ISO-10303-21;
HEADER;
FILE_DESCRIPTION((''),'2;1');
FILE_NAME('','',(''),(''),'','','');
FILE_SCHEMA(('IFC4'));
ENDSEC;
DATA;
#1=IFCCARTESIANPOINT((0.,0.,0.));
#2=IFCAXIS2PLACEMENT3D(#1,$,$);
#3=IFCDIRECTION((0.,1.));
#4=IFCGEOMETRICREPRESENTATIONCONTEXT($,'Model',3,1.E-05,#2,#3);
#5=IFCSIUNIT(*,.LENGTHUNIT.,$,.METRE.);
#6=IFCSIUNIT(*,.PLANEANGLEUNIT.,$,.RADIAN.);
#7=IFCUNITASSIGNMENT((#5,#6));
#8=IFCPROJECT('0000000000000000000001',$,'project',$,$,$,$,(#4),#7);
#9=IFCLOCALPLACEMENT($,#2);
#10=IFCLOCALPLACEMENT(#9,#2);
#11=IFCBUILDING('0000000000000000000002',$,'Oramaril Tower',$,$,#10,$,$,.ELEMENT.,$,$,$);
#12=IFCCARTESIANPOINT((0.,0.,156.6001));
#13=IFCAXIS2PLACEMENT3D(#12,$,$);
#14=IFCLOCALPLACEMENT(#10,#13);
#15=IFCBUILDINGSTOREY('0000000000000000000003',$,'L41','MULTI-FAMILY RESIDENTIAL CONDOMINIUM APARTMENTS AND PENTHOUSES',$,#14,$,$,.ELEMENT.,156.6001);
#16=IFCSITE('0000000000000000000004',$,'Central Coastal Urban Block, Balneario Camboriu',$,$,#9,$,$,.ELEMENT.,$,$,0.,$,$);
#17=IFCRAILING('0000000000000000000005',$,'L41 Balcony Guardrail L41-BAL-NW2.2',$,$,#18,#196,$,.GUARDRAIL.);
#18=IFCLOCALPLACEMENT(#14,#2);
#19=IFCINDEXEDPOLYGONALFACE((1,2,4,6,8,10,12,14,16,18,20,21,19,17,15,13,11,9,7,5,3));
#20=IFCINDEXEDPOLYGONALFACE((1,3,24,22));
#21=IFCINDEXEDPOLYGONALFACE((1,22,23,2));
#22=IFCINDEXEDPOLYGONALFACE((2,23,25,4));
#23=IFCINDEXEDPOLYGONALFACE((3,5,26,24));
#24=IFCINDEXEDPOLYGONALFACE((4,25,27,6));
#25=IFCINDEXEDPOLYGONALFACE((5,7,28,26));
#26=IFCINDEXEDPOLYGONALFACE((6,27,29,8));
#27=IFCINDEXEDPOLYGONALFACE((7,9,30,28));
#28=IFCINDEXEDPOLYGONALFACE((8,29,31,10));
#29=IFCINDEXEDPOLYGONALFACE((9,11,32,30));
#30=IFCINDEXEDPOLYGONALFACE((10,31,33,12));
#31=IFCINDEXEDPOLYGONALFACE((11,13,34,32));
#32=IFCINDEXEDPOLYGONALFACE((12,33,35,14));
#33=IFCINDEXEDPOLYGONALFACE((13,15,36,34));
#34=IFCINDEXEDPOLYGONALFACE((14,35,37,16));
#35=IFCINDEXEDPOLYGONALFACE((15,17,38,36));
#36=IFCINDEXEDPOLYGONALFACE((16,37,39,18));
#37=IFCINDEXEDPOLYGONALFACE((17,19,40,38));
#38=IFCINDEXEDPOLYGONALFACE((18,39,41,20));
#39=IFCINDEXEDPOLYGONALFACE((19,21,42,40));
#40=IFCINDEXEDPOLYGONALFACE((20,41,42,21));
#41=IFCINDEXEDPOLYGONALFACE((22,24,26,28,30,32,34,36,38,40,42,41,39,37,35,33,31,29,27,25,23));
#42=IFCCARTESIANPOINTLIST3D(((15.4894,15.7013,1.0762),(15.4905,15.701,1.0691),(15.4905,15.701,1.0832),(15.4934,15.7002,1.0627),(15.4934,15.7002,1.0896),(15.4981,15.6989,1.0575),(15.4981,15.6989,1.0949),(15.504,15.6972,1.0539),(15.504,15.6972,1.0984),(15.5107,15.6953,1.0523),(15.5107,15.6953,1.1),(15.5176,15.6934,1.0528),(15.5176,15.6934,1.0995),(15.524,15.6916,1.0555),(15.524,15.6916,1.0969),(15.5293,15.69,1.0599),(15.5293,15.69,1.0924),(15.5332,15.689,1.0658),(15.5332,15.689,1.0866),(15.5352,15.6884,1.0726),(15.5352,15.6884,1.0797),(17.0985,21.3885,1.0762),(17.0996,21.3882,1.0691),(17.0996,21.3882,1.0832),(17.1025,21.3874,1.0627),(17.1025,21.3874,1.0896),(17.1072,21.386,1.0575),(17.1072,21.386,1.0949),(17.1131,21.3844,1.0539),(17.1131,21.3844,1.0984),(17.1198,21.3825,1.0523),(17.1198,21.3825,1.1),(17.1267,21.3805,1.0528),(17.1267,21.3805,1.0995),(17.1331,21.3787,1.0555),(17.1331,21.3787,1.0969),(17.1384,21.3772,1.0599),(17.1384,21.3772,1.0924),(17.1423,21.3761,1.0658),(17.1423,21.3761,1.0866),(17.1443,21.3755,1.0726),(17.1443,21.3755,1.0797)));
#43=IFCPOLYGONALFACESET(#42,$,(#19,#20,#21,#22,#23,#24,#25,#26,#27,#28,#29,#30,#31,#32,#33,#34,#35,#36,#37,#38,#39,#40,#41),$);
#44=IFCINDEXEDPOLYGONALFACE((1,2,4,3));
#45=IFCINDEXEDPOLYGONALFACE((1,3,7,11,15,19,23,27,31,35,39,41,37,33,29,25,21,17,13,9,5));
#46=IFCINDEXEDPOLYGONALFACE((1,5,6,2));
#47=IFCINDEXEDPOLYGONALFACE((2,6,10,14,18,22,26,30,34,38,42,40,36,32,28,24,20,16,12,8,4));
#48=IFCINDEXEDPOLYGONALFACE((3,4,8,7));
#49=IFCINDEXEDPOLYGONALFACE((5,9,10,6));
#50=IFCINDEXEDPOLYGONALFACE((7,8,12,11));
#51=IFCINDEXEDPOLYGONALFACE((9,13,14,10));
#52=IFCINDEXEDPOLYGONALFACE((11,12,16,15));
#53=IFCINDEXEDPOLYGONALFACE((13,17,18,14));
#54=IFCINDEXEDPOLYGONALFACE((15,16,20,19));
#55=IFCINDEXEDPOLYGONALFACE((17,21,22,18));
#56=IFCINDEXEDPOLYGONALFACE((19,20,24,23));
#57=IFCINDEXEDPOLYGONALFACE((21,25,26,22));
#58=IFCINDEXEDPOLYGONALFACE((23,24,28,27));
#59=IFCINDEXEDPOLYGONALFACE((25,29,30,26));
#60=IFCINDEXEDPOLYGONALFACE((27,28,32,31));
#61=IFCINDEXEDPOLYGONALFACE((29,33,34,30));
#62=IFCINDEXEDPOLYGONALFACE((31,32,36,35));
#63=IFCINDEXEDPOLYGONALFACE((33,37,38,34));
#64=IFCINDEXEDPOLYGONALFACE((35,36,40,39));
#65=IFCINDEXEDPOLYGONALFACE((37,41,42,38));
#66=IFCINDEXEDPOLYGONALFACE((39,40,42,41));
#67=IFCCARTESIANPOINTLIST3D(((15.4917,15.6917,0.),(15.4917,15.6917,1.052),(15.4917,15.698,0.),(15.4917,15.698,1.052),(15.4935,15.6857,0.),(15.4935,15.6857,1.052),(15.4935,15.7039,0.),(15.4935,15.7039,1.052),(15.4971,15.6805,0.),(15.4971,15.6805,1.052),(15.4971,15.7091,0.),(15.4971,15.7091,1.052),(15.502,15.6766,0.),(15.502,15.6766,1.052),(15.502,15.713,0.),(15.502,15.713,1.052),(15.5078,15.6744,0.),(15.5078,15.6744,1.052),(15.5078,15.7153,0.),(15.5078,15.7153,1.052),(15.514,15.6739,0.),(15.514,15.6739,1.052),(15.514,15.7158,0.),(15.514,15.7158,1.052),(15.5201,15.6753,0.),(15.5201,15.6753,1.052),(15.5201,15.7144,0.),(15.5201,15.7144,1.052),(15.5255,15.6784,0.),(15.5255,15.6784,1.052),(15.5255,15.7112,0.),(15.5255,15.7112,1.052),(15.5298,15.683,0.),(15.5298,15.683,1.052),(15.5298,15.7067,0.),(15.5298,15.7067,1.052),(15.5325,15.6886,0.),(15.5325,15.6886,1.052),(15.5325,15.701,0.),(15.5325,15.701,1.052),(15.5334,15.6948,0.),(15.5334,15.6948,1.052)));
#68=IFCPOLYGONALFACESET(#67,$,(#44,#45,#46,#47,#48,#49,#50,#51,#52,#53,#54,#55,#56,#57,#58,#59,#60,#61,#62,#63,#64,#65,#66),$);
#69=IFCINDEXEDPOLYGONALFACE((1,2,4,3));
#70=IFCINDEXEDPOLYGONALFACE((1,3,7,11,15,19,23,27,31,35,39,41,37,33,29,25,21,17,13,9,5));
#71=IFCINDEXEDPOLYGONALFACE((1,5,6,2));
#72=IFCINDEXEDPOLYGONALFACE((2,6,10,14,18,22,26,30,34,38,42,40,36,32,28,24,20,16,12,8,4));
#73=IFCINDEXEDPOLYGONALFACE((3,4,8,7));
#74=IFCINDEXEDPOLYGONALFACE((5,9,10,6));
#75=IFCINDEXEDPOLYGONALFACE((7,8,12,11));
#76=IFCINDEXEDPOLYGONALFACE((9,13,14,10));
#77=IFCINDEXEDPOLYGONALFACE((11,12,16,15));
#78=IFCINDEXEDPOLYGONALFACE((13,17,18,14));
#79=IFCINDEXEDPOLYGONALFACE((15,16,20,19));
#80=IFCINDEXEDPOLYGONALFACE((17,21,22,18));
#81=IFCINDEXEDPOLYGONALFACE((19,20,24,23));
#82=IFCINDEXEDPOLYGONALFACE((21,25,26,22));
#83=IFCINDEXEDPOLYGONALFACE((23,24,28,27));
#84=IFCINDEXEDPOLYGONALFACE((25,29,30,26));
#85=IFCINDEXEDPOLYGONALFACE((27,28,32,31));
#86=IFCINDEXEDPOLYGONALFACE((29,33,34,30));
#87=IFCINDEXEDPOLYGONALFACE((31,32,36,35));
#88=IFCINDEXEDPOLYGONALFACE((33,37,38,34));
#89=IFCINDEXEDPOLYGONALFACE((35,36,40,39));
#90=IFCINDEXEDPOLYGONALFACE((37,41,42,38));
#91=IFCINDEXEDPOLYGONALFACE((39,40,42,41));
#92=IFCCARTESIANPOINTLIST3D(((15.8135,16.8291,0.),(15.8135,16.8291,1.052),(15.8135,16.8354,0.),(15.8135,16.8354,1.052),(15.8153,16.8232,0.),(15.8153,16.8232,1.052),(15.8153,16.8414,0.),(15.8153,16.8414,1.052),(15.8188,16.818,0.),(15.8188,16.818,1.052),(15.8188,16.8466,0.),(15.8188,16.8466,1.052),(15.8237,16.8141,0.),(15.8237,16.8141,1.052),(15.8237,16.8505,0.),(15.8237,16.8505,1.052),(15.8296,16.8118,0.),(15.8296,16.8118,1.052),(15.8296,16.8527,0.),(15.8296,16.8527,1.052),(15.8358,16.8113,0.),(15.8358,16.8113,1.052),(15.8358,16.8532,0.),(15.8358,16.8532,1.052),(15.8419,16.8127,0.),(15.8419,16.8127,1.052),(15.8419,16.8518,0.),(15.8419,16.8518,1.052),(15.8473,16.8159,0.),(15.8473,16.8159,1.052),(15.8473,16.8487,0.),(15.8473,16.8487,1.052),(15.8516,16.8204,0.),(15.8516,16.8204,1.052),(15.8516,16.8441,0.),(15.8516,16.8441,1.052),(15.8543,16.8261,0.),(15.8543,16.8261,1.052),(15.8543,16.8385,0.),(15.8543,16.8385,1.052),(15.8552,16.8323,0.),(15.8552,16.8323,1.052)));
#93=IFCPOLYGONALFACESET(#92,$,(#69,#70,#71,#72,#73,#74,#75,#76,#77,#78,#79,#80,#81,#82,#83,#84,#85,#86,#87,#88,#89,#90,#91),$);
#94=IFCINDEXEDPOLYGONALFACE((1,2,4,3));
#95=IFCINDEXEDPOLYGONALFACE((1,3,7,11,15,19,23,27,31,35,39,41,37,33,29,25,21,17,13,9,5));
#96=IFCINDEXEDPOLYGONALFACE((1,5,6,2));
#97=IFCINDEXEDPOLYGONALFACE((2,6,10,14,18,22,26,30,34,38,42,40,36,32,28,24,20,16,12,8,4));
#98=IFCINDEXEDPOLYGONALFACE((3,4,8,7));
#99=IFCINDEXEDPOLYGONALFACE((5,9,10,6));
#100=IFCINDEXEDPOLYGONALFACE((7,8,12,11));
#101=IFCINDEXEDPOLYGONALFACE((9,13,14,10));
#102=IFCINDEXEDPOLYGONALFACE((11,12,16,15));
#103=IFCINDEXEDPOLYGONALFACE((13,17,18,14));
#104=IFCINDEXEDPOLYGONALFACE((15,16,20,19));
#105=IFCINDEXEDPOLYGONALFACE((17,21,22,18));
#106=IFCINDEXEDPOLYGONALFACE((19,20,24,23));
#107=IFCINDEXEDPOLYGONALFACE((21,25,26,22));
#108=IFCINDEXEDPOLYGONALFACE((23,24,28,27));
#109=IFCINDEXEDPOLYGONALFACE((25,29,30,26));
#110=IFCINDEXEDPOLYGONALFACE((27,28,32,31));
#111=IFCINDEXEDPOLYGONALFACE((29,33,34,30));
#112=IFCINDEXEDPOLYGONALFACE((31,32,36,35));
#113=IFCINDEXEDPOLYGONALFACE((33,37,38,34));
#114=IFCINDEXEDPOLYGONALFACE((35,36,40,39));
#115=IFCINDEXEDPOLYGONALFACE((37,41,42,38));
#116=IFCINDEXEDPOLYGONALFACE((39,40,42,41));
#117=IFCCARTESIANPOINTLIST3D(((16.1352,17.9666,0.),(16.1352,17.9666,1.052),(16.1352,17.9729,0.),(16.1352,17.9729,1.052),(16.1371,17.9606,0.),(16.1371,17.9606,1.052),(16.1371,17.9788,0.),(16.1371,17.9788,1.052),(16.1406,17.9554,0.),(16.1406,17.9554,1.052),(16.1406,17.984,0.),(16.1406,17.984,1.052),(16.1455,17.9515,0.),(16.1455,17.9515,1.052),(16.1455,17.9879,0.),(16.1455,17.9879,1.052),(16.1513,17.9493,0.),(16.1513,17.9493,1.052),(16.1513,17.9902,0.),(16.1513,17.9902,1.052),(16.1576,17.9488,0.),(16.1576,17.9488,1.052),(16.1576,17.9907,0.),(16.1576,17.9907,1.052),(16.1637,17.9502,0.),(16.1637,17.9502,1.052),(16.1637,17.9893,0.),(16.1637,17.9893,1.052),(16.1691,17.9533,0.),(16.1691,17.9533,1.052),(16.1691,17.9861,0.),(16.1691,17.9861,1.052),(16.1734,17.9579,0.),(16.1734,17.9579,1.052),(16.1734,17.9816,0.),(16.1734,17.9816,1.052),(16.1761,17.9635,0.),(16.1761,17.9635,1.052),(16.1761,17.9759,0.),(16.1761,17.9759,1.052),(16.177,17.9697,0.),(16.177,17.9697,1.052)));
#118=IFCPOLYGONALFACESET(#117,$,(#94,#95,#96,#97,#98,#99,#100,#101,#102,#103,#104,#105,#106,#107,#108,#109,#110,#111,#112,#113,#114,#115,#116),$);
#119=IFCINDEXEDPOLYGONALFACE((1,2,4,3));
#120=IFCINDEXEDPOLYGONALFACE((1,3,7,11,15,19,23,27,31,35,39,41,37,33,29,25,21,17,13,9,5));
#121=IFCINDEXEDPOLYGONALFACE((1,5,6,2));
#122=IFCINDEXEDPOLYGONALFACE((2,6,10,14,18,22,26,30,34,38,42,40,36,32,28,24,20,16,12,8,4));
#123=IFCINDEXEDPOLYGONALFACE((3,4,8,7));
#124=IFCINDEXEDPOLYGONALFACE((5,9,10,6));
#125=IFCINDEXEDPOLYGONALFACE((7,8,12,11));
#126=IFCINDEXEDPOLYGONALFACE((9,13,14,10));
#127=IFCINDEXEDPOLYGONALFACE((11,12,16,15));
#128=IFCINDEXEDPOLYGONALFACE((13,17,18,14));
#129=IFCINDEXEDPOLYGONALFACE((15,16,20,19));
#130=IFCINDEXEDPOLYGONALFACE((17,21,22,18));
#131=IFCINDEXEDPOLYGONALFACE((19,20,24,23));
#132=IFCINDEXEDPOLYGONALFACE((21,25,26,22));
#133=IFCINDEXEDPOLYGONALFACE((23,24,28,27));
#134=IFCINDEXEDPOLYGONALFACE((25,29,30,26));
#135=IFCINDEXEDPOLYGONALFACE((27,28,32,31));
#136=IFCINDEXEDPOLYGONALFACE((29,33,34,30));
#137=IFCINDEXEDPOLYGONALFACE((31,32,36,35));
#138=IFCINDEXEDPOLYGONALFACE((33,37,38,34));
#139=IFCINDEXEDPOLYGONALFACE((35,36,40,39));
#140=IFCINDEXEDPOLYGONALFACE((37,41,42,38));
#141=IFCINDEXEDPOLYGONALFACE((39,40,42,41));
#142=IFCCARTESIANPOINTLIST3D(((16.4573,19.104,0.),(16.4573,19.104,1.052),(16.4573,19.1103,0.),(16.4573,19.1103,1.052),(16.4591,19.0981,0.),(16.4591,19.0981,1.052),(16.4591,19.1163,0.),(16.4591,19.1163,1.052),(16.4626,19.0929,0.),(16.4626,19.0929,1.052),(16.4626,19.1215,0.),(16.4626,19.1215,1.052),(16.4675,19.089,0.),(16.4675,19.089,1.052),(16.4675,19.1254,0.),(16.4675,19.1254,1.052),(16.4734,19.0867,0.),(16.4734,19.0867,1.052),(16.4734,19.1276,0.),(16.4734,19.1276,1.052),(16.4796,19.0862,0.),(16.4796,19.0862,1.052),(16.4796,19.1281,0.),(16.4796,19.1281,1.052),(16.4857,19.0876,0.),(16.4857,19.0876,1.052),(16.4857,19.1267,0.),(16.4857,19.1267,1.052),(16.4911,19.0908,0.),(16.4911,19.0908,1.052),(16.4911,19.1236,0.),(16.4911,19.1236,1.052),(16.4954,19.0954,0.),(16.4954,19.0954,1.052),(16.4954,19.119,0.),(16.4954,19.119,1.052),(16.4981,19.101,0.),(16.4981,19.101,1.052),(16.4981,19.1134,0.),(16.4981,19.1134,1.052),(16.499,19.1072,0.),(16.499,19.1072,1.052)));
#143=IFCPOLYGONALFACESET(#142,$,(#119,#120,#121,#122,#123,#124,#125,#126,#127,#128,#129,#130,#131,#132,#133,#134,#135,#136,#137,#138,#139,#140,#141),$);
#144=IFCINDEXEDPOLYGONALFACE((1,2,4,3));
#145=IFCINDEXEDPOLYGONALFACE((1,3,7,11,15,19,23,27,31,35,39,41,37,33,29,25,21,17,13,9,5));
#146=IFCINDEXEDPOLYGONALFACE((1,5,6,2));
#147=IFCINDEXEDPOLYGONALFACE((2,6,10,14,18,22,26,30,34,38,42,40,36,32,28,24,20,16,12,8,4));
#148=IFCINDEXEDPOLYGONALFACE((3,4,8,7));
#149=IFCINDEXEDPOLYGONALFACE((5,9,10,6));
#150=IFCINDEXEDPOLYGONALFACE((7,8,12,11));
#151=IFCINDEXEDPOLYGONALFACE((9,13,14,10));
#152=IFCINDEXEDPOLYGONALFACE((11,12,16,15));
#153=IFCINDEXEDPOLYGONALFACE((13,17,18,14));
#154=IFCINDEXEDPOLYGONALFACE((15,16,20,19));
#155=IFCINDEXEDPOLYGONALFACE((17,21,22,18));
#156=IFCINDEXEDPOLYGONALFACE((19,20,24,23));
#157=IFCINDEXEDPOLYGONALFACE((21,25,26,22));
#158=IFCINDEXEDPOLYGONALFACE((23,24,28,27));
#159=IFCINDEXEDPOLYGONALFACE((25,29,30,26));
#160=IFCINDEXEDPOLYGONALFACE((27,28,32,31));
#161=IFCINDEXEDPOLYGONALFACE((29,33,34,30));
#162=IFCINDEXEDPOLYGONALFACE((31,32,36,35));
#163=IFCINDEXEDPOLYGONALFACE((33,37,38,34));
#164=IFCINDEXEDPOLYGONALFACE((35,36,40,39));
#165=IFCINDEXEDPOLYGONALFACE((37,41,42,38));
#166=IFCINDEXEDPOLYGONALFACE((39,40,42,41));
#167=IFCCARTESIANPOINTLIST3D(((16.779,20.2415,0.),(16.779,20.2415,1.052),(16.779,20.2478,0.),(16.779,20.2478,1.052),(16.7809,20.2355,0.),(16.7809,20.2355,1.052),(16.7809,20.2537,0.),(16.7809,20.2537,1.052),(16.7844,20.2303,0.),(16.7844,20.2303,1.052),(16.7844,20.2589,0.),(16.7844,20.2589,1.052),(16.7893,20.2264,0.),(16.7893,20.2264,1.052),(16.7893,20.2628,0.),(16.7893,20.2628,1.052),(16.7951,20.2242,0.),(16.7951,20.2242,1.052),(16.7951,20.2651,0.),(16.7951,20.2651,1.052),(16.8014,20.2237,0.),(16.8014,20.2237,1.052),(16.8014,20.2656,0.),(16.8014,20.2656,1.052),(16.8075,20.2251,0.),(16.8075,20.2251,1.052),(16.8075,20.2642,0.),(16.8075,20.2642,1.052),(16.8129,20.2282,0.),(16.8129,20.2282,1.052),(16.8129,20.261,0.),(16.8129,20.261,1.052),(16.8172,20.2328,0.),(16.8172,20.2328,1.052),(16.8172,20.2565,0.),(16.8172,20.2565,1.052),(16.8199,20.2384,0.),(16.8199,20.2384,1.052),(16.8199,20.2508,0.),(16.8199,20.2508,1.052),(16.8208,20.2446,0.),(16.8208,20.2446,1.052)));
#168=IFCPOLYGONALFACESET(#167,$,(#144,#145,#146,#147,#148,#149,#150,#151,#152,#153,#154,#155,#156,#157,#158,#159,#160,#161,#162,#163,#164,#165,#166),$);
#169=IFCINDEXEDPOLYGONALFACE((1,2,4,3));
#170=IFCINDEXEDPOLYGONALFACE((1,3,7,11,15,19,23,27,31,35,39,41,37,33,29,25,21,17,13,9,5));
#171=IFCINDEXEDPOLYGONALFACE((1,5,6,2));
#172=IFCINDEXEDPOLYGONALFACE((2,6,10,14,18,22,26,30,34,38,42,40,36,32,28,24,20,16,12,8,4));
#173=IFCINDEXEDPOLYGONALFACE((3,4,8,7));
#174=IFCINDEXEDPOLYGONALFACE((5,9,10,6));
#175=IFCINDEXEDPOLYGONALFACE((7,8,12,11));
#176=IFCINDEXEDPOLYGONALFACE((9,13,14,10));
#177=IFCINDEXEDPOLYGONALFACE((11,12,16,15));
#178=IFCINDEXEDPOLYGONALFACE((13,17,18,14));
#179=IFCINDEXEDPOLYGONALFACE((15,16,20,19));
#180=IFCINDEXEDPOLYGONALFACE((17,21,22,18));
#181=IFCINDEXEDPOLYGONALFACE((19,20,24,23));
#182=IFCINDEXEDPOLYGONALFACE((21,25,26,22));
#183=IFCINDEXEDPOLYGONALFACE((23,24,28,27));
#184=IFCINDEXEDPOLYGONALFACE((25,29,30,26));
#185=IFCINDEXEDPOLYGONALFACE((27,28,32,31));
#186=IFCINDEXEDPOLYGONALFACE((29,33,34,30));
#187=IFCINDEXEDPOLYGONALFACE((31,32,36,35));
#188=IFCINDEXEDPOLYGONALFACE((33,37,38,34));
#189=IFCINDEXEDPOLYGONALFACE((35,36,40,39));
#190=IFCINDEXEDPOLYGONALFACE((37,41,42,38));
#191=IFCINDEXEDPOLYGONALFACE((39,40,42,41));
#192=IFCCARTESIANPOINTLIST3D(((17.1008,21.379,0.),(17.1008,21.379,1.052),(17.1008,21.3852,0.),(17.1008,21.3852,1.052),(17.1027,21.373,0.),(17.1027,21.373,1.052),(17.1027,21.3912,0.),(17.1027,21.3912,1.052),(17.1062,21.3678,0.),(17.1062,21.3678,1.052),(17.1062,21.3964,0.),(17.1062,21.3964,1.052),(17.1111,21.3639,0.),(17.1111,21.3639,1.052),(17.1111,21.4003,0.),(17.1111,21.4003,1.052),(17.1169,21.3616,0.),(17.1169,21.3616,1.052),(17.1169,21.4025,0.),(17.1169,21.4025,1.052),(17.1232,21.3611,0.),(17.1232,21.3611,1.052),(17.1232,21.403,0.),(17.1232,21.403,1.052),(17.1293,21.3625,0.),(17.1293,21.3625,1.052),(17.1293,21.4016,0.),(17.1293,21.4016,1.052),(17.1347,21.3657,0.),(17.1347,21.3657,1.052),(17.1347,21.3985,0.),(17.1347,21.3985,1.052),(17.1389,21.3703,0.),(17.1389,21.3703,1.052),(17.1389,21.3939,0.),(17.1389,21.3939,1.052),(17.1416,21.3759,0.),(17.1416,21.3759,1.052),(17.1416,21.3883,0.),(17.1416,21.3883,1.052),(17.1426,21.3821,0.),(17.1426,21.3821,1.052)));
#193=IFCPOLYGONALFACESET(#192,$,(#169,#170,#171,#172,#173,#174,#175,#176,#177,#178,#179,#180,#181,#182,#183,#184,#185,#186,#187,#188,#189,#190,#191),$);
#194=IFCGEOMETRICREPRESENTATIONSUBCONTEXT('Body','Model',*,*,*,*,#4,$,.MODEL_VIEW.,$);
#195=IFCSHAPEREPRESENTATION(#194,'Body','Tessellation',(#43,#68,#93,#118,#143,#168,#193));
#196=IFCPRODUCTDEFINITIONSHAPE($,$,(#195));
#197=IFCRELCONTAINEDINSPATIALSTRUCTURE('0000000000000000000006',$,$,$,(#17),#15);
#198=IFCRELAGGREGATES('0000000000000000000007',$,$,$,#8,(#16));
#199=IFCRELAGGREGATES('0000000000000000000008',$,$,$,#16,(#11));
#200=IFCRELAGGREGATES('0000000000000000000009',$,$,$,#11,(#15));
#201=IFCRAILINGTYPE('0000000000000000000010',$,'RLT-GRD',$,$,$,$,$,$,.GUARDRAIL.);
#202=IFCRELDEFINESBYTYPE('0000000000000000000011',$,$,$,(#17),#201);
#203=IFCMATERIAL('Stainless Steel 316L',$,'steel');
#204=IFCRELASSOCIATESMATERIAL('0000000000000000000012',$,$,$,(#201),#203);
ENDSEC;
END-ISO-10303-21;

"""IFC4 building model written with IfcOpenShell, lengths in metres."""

from ifc_helpers import new_model, si_unit, direction, frame, origin, origin_2d, place, context, subcontext, project, spatial, circle, extrude, material, type_object, element, save


model = new_model("IFC4")

# Units and contexts
model_context = context("Model", 3, precision=1e-05, world=origin(), true_north=direction((0.0, 1.0)))
body_context = subcontext(model_context, "Body", "Model", "MODEL_VIEW")
ifc_project = project(units=[si_unit("LENGTHUNIT", "METRE"), si_unit("PLANEANGLEUNIT", "RADIAN")], contexts=[model_context])

# Site, building, storey
site_placement = place(None, origin())
site = spatial("IfcSite", under=ifc_project, at=site_placement, Name="Central Coastal Urban Block, Balneario Camboriu", CompositionType="ELEMENT", RefElevation=0.0)
building_placement = place(site_placement, origin())
building = spatial("IfcBuilding", under=site, at=building_placement, Name="Oramaril Tower", CompositionType="ELEMENT")
storey_placement = place(building_placement, frame((0.0, 0.0, 156.6001)))
storey = spatial("IfcBuildingStorey", under=building, at=storey_placement, Name="L41", Description="MULTI-FAMILY RESIDENTIAL CONDOMINIUM APARTMENTS AND PENTHOUSES", CompositionType="ELEMENT", Elevation=156.6001)

# Railing
ifc_material_1 = material(Name="Stainless Steel 316L", Category="steel")
railing_type = type_object("IfcRailingType", Name="RLT-GRD", PredefinedType="GUARDRAIL", material=ifc_material_1)
railing_1_placement = place(storey_placement, frame((15.5125, 15.6948, 0.0)))
element("IfcRailing", 1, at=railing_1_placement, inside=storey, type_object=railing_type, Name="L41 Balcony Guardrail L41-BAL-NW2.2", PredefinedType="GUARDRAIL", context=body_context, shape_type="SweptSolid", body=[
    extrude(circle(Radius=0.0239, at=origin_2d()), frame((0.0, 0.0, 1.0762), z_axis=(0.272249, 0.962227, 0.0), x_axis=(-0.962227, 0.272249, 0.0)), (0.0, 0.0, 1.0), 5.9104),
    extrude(circle(Radius=0.021, at=origin_2d()), origin(), (0.0, 0.0, 1.0), 1.052),
    extrude(circle(Radius=0.021, at=origin_2d()), frame((0.3218, 1.1375, 0.0)), (0.0, 0.0, 1.0), 1.052),
    extrude(circle(Radius=0.021, at=origin_2d()), frame((0.6436, 2.2749, 0.0)), (0.0, 0.0, 1.0), 1.052),
    extrude(circle(Radius=0.021, at=origin_2d()), frame((0.9656, 3.4124, 0.0)), (0.0, 0.0, 1.0), 1.052),
    extrude(circle(Radius=0.021, at=origin_2d()), frame((1.2874, 4.5498, 0.0)), (0.0, 0.0, 1.0), 1.052),
    extrude(circle(Radius=0.021, at=origin_2d()), frame((1.6091, 5.6873, 0.0)), (0.0, 0.0, 1.0), 1.052),
])

save(model, "model.ifc")
